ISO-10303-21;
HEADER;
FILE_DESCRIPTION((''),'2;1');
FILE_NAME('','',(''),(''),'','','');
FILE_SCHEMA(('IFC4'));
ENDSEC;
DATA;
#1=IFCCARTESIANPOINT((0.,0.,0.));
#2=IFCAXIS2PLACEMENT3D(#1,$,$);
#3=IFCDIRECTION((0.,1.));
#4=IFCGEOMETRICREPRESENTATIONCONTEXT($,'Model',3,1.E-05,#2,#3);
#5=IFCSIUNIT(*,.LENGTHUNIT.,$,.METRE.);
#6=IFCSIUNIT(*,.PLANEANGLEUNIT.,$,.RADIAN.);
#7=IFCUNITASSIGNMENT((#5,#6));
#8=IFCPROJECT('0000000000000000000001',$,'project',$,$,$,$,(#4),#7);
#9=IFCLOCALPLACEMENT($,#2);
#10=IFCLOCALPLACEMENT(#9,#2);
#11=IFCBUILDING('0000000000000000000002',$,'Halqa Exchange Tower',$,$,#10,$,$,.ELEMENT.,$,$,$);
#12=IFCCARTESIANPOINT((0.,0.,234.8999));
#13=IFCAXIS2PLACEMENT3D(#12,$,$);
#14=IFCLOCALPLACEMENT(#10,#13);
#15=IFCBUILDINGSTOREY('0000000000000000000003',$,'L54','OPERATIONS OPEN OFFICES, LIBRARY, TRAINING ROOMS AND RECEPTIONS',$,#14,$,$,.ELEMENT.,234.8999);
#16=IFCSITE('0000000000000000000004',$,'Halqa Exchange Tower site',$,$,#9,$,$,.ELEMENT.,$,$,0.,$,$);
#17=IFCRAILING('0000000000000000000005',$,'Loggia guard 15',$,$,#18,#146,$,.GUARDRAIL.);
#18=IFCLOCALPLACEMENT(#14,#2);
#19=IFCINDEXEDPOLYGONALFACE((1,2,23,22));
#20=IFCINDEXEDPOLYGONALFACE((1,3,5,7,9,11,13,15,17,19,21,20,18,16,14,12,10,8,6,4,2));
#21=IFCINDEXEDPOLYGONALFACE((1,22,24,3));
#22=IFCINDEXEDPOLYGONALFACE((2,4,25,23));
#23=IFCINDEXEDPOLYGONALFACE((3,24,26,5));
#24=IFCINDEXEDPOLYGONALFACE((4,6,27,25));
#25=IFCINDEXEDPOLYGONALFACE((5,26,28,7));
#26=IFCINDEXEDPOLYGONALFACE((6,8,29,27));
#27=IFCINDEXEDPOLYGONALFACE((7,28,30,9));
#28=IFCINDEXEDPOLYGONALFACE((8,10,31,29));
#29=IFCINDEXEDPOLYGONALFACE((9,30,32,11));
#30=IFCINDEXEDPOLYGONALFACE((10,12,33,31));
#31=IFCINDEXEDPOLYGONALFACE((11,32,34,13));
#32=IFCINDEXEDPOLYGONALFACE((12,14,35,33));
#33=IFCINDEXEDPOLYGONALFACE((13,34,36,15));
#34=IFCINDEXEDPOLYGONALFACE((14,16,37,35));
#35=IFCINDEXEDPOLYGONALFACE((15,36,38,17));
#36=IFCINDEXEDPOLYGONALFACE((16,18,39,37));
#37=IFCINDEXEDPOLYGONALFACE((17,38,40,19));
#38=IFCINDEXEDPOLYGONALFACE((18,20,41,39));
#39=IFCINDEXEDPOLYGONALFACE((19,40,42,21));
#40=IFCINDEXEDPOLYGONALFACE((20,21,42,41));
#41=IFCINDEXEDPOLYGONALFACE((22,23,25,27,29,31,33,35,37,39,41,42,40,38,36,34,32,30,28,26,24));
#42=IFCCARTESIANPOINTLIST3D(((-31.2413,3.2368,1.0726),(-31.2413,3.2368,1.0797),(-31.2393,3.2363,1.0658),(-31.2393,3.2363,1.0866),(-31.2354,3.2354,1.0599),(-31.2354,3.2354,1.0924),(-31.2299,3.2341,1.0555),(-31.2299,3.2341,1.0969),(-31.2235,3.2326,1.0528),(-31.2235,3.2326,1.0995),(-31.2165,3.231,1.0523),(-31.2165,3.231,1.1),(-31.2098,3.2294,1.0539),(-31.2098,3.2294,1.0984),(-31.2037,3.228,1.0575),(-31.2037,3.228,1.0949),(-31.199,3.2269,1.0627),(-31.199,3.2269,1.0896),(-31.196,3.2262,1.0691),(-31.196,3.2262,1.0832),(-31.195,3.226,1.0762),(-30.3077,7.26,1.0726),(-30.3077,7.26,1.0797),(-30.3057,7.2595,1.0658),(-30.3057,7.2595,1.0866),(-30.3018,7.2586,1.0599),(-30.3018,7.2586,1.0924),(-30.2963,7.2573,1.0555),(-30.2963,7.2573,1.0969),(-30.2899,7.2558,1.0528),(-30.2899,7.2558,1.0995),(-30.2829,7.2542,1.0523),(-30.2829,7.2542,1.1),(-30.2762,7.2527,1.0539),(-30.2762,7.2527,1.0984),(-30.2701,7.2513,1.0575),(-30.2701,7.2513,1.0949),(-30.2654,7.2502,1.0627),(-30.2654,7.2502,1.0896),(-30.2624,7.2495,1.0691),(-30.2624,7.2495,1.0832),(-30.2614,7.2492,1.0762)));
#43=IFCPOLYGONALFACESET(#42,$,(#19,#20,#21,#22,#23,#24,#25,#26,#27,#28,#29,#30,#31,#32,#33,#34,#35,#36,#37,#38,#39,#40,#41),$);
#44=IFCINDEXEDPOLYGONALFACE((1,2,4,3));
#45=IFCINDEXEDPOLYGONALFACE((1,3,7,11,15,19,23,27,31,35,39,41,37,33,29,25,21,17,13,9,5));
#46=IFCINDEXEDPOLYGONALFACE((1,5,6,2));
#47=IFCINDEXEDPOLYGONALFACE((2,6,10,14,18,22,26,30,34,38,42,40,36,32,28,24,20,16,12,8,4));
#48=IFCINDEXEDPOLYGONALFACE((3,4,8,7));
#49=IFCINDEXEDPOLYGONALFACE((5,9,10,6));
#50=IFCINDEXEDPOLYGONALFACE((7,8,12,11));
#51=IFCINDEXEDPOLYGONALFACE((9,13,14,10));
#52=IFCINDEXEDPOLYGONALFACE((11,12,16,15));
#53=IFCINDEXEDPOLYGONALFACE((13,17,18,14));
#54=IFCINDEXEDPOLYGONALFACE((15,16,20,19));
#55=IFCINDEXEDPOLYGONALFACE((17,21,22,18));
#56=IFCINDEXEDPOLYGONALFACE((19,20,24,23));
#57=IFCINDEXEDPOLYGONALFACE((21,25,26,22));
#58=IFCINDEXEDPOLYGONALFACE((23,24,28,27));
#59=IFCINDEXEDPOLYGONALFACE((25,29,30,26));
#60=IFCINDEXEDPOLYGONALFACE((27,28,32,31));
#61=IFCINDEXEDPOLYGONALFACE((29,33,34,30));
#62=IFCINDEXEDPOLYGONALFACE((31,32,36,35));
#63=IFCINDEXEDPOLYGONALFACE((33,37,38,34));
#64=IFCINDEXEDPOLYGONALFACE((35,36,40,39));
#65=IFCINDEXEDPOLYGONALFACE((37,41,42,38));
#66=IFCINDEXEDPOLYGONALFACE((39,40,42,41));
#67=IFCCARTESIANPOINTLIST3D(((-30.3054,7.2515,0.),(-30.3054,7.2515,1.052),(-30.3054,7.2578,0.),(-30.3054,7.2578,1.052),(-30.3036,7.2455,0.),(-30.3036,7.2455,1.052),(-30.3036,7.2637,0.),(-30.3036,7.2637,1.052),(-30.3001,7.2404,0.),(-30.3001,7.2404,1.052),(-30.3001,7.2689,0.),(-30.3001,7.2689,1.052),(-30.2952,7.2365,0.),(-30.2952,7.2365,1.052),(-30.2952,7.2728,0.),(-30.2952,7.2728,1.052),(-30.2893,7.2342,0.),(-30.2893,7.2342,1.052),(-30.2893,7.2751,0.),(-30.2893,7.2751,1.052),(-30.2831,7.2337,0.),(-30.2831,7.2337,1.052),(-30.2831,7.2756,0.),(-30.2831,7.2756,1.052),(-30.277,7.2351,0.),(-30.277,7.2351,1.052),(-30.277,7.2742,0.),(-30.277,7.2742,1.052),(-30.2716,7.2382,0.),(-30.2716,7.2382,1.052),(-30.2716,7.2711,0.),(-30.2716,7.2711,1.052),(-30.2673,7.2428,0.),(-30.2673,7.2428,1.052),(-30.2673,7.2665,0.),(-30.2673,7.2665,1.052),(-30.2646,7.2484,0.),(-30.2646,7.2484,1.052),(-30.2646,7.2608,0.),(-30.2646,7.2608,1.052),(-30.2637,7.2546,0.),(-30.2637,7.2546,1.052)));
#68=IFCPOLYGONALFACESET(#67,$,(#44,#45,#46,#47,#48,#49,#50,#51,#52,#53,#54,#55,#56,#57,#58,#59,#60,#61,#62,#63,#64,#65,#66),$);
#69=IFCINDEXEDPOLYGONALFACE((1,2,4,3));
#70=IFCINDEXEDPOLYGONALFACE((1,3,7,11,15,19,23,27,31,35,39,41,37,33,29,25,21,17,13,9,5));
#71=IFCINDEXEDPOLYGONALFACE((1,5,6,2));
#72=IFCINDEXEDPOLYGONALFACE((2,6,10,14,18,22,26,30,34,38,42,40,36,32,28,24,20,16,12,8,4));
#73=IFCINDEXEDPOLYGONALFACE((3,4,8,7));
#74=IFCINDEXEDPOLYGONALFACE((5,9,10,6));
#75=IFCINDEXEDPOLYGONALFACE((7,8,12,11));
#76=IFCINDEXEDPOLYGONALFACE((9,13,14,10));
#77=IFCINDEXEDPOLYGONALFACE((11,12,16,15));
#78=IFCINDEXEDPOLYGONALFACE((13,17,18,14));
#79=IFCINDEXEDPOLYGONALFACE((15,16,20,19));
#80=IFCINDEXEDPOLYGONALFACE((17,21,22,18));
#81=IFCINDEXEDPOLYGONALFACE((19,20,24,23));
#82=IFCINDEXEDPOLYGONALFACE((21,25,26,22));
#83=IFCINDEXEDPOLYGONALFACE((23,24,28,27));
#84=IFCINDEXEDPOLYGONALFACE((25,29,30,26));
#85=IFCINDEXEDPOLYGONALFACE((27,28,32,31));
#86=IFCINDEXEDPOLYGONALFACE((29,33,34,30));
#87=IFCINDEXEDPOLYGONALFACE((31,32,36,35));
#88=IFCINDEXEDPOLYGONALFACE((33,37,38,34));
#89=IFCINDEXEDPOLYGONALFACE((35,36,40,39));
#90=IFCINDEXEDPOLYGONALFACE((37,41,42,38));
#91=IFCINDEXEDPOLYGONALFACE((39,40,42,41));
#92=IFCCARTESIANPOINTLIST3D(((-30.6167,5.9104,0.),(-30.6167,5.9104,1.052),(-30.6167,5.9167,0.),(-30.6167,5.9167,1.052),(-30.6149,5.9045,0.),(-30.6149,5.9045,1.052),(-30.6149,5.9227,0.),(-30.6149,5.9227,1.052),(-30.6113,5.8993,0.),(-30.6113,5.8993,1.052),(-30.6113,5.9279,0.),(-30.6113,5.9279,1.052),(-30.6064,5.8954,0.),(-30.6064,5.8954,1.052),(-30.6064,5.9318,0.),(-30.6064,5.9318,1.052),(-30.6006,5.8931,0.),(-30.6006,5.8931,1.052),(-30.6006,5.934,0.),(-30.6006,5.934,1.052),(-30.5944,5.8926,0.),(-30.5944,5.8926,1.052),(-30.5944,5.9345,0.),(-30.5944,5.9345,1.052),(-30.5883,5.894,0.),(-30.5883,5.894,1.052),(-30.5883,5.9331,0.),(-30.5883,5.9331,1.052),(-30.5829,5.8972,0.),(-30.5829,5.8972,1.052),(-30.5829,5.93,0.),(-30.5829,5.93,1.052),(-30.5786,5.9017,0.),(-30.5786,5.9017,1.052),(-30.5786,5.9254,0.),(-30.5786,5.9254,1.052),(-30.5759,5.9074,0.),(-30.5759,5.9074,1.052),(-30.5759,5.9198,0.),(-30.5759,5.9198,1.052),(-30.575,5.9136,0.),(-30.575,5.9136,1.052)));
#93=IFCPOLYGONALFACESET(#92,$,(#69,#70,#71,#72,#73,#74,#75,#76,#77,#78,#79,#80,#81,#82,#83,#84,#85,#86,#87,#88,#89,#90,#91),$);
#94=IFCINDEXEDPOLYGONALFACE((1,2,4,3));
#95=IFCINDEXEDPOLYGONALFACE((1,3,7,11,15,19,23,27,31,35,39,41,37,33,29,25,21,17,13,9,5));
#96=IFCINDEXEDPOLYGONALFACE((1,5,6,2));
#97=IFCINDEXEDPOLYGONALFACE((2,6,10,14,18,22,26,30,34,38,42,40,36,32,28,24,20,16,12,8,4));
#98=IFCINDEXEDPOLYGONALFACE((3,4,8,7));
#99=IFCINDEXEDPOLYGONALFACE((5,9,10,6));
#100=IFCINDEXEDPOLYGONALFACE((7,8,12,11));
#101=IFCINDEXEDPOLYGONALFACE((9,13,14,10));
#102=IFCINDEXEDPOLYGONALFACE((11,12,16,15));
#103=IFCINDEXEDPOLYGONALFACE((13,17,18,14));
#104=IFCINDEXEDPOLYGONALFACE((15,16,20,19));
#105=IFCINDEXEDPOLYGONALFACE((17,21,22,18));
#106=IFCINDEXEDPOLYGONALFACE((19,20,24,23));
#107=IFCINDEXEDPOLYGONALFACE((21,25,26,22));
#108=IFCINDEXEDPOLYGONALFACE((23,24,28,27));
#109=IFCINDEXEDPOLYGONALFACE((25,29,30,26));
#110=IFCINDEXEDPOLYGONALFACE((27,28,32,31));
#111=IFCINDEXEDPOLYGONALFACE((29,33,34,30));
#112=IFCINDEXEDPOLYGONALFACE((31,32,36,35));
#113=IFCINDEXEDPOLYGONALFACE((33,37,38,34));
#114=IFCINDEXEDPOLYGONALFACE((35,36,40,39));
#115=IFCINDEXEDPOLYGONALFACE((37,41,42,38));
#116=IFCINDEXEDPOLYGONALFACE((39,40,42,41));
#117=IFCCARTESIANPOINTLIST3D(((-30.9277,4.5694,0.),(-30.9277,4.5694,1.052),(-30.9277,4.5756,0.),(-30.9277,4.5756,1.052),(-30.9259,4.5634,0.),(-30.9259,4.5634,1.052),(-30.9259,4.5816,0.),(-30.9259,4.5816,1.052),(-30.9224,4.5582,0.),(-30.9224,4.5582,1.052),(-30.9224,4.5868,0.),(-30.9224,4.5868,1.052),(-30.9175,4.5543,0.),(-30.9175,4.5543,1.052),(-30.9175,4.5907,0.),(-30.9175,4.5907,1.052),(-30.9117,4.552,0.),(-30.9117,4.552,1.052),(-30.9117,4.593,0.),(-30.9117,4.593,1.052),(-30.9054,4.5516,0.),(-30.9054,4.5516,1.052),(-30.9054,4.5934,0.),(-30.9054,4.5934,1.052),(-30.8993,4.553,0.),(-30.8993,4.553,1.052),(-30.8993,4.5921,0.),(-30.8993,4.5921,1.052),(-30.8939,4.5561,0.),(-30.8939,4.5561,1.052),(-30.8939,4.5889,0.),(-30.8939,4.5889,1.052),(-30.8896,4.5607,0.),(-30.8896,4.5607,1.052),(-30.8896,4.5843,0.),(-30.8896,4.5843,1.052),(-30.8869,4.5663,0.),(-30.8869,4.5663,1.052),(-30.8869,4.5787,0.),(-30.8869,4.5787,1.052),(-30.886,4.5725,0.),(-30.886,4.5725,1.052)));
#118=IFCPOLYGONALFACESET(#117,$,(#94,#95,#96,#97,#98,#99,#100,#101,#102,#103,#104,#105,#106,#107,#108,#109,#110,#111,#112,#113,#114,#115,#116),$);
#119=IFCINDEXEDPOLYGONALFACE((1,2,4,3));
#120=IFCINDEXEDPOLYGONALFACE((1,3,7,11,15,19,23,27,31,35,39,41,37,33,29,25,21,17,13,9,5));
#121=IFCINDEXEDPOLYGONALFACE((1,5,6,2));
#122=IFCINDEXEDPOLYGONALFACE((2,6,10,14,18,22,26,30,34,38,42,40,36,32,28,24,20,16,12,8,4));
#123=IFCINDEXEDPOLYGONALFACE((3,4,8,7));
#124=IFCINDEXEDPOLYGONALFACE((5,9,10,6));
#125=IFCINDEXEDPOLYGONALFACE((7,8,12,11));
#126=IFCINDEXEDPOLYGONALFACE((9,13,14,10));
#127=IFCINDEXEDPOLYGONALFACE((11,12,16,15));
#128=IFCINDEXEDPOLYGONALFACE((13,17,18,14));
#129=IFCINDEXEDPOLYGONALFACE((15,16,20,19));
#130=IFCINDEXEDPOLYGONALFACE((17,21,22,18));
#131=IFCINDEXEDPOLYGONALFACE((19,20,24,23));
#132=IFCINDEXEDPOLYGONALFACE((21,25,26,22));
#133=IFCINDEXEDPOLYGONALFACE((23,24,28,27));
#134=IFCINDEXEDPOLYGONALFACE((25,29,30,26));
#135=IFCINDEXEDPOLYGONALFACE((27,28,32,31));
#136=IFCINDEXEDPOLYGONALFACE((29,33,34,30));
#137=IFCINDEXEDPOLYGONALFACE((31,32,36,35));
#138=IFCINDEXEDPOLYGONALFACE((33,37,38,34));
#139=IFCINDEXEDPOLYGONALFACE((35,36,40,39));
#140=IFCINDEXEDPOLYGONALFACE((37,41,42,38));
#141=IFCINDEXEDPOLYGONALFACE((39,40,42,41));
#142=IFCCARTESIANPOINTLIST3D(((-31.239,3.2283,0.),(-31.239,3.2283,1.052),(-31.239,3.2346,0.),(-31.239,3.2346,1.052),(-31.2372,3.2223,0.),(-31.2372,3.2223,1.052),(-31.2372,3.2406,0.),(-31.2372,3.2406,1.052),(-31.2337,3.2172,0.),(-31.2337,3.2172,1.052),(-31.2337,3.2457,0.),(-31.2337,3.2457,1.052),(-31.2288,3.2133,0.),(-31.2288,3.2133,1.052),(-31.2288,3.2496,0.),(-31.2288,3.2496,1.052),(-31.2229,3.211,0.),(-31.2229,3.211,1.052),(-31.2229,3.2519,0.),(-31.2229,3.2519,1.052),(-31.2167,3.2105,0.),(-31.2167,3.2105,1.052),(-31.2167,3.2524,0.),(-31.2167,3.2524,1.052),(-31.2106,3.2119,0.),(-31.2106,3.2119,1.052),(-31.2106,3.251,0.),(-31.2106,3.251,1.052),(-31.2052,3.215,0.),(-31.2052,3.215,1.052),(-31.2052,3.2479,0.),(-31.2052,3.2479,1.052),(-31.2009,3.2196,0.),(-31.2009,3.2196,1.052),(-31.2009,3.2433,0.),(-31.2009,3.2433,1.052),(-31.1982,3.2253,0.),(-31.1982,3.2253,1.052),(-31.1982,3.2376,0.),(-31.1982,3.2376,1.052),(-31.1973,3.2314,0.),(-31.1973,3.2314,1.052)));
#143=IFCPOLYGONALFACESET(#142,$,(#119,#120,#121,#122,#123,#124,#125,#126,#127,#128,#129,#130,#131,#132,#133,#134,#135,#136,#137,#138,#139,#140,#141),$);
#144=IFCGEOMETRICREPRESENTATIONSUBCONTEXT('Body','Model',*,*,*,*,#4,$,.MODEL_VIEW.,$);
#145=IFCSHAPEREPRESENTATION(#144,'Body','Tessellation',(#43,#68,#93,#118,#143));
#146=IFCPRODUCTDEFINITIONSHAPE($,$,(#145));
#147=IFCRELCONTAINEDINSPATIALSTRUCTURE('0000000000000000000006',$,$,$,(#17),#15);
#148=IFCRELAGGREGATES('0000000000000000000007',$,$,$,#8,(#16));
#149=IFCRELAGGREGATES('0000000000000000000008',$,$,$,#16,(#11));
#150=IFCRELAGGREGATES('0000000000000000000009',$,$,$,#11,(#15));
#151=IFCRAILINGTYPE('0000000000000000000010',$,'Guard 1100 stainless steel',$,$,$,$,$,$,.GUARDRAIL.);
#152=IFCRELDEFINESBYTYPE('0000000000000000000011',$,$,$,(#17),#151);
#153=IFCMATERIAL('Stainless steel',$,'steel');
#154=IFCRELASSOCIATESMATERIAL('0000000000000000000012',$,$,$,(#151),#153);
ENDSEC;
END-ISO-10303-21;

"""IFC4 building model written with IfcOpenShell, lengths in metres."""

from ifc_helpers import new_model, si_unit, direction, frame, origin, origin_2d, place, context, subcontext, project, spatial, circle, extrude, material, type_object, element, save


model = new_model("IFC4")

# Units and contexts
model_context = context("Model", 3, precision=1e-05, world=origin(), true_north=direction((0.0, 1.0)))
body_context = subcontext(model_context, "Body", "Model", "MODEL_VIEW")
ifc_project = project(units=[si_unit("LENGTHUNIT", "METRE"), si_unit("PLANEANGLEUNIT", "RADIAN")], contexts=[model_context])

# Site, building, storey
site_placement = place(None, origin())
site = spatial("IfcSite", under=ifc_project, at=site_placement, Name="Halqa Exchange Tower site", CompositionType="ELEMENT", RefElevation=0.0)
building_placement = place(site_placement, origin())
building = spatial("IfcBuilding", under=site, at=building_placement, Name="Halqa Exchange Tower", CompositionType="ELEMENT")
storey_placement = place(building_placement, frame((0.0, 0.0, 234.8999)))
storey = spatial("IfcBuildingStorey", under=building, at=storey_placement, Name="L54", Description="OPERATIONS OPEN OFFICES, LIBRARY, TRAINING ROOMS AND RECEPTIONS", CompositionType="ELEMENT", Elevation=234.8999)

# Railing
ifc_material_1 = material(Name="Stainless steel", Category="steel")
railing_type = type_object("IfcRailingType", Name="Guard 1100 stainless steel", PredefinedType="GUARDRAIL", material=ifc_material_1)
railing_1_placement = place(storey_placement, frame((-30.2847, 7.2546, 0.0)))
element("IfcRailing", 1, at=railing_1_placement, inside=storey, type_object=railing_type, Name="Loggia guard 15", PredefinedType="GUARDRAIL", context=body_context, shape_type="SweptSolid", body=[
    extrude(circle(Radius=0.0239, at=origin_2d()), frame((0.0, 0.0, 1.0762), z_axis=(-0.226047, -0.974116, 0.0), x_axis=(0.974116, -0.226047, 0.0)), (0.0, 0.0, 1.0), 4.1301),
    extrude(circle(Radius=0.021, at=origin_2d()), origin(), (0.0, 0.0, 1.0), 1.052),
    extrude(circle(Radius=0.021, at=origin_2d()), frame((-0.3113, -1.3411, 0.0)), (0.0, 0.0, 1.0), 1.052),
    extrude(circle(Radius=0.021, at=origin_2d()), frame((-0.6223, -2.6821, 0.0)), (0.0, 0.0, 1.0), 1.052),
    extrude(circle(Radius=0.021, at=origin_2d()), frame((-0.9336, -4.0232, 0.0)), (0.0, 0.0, 1.0), 1.052),
])

save(model, "model.ifc")
